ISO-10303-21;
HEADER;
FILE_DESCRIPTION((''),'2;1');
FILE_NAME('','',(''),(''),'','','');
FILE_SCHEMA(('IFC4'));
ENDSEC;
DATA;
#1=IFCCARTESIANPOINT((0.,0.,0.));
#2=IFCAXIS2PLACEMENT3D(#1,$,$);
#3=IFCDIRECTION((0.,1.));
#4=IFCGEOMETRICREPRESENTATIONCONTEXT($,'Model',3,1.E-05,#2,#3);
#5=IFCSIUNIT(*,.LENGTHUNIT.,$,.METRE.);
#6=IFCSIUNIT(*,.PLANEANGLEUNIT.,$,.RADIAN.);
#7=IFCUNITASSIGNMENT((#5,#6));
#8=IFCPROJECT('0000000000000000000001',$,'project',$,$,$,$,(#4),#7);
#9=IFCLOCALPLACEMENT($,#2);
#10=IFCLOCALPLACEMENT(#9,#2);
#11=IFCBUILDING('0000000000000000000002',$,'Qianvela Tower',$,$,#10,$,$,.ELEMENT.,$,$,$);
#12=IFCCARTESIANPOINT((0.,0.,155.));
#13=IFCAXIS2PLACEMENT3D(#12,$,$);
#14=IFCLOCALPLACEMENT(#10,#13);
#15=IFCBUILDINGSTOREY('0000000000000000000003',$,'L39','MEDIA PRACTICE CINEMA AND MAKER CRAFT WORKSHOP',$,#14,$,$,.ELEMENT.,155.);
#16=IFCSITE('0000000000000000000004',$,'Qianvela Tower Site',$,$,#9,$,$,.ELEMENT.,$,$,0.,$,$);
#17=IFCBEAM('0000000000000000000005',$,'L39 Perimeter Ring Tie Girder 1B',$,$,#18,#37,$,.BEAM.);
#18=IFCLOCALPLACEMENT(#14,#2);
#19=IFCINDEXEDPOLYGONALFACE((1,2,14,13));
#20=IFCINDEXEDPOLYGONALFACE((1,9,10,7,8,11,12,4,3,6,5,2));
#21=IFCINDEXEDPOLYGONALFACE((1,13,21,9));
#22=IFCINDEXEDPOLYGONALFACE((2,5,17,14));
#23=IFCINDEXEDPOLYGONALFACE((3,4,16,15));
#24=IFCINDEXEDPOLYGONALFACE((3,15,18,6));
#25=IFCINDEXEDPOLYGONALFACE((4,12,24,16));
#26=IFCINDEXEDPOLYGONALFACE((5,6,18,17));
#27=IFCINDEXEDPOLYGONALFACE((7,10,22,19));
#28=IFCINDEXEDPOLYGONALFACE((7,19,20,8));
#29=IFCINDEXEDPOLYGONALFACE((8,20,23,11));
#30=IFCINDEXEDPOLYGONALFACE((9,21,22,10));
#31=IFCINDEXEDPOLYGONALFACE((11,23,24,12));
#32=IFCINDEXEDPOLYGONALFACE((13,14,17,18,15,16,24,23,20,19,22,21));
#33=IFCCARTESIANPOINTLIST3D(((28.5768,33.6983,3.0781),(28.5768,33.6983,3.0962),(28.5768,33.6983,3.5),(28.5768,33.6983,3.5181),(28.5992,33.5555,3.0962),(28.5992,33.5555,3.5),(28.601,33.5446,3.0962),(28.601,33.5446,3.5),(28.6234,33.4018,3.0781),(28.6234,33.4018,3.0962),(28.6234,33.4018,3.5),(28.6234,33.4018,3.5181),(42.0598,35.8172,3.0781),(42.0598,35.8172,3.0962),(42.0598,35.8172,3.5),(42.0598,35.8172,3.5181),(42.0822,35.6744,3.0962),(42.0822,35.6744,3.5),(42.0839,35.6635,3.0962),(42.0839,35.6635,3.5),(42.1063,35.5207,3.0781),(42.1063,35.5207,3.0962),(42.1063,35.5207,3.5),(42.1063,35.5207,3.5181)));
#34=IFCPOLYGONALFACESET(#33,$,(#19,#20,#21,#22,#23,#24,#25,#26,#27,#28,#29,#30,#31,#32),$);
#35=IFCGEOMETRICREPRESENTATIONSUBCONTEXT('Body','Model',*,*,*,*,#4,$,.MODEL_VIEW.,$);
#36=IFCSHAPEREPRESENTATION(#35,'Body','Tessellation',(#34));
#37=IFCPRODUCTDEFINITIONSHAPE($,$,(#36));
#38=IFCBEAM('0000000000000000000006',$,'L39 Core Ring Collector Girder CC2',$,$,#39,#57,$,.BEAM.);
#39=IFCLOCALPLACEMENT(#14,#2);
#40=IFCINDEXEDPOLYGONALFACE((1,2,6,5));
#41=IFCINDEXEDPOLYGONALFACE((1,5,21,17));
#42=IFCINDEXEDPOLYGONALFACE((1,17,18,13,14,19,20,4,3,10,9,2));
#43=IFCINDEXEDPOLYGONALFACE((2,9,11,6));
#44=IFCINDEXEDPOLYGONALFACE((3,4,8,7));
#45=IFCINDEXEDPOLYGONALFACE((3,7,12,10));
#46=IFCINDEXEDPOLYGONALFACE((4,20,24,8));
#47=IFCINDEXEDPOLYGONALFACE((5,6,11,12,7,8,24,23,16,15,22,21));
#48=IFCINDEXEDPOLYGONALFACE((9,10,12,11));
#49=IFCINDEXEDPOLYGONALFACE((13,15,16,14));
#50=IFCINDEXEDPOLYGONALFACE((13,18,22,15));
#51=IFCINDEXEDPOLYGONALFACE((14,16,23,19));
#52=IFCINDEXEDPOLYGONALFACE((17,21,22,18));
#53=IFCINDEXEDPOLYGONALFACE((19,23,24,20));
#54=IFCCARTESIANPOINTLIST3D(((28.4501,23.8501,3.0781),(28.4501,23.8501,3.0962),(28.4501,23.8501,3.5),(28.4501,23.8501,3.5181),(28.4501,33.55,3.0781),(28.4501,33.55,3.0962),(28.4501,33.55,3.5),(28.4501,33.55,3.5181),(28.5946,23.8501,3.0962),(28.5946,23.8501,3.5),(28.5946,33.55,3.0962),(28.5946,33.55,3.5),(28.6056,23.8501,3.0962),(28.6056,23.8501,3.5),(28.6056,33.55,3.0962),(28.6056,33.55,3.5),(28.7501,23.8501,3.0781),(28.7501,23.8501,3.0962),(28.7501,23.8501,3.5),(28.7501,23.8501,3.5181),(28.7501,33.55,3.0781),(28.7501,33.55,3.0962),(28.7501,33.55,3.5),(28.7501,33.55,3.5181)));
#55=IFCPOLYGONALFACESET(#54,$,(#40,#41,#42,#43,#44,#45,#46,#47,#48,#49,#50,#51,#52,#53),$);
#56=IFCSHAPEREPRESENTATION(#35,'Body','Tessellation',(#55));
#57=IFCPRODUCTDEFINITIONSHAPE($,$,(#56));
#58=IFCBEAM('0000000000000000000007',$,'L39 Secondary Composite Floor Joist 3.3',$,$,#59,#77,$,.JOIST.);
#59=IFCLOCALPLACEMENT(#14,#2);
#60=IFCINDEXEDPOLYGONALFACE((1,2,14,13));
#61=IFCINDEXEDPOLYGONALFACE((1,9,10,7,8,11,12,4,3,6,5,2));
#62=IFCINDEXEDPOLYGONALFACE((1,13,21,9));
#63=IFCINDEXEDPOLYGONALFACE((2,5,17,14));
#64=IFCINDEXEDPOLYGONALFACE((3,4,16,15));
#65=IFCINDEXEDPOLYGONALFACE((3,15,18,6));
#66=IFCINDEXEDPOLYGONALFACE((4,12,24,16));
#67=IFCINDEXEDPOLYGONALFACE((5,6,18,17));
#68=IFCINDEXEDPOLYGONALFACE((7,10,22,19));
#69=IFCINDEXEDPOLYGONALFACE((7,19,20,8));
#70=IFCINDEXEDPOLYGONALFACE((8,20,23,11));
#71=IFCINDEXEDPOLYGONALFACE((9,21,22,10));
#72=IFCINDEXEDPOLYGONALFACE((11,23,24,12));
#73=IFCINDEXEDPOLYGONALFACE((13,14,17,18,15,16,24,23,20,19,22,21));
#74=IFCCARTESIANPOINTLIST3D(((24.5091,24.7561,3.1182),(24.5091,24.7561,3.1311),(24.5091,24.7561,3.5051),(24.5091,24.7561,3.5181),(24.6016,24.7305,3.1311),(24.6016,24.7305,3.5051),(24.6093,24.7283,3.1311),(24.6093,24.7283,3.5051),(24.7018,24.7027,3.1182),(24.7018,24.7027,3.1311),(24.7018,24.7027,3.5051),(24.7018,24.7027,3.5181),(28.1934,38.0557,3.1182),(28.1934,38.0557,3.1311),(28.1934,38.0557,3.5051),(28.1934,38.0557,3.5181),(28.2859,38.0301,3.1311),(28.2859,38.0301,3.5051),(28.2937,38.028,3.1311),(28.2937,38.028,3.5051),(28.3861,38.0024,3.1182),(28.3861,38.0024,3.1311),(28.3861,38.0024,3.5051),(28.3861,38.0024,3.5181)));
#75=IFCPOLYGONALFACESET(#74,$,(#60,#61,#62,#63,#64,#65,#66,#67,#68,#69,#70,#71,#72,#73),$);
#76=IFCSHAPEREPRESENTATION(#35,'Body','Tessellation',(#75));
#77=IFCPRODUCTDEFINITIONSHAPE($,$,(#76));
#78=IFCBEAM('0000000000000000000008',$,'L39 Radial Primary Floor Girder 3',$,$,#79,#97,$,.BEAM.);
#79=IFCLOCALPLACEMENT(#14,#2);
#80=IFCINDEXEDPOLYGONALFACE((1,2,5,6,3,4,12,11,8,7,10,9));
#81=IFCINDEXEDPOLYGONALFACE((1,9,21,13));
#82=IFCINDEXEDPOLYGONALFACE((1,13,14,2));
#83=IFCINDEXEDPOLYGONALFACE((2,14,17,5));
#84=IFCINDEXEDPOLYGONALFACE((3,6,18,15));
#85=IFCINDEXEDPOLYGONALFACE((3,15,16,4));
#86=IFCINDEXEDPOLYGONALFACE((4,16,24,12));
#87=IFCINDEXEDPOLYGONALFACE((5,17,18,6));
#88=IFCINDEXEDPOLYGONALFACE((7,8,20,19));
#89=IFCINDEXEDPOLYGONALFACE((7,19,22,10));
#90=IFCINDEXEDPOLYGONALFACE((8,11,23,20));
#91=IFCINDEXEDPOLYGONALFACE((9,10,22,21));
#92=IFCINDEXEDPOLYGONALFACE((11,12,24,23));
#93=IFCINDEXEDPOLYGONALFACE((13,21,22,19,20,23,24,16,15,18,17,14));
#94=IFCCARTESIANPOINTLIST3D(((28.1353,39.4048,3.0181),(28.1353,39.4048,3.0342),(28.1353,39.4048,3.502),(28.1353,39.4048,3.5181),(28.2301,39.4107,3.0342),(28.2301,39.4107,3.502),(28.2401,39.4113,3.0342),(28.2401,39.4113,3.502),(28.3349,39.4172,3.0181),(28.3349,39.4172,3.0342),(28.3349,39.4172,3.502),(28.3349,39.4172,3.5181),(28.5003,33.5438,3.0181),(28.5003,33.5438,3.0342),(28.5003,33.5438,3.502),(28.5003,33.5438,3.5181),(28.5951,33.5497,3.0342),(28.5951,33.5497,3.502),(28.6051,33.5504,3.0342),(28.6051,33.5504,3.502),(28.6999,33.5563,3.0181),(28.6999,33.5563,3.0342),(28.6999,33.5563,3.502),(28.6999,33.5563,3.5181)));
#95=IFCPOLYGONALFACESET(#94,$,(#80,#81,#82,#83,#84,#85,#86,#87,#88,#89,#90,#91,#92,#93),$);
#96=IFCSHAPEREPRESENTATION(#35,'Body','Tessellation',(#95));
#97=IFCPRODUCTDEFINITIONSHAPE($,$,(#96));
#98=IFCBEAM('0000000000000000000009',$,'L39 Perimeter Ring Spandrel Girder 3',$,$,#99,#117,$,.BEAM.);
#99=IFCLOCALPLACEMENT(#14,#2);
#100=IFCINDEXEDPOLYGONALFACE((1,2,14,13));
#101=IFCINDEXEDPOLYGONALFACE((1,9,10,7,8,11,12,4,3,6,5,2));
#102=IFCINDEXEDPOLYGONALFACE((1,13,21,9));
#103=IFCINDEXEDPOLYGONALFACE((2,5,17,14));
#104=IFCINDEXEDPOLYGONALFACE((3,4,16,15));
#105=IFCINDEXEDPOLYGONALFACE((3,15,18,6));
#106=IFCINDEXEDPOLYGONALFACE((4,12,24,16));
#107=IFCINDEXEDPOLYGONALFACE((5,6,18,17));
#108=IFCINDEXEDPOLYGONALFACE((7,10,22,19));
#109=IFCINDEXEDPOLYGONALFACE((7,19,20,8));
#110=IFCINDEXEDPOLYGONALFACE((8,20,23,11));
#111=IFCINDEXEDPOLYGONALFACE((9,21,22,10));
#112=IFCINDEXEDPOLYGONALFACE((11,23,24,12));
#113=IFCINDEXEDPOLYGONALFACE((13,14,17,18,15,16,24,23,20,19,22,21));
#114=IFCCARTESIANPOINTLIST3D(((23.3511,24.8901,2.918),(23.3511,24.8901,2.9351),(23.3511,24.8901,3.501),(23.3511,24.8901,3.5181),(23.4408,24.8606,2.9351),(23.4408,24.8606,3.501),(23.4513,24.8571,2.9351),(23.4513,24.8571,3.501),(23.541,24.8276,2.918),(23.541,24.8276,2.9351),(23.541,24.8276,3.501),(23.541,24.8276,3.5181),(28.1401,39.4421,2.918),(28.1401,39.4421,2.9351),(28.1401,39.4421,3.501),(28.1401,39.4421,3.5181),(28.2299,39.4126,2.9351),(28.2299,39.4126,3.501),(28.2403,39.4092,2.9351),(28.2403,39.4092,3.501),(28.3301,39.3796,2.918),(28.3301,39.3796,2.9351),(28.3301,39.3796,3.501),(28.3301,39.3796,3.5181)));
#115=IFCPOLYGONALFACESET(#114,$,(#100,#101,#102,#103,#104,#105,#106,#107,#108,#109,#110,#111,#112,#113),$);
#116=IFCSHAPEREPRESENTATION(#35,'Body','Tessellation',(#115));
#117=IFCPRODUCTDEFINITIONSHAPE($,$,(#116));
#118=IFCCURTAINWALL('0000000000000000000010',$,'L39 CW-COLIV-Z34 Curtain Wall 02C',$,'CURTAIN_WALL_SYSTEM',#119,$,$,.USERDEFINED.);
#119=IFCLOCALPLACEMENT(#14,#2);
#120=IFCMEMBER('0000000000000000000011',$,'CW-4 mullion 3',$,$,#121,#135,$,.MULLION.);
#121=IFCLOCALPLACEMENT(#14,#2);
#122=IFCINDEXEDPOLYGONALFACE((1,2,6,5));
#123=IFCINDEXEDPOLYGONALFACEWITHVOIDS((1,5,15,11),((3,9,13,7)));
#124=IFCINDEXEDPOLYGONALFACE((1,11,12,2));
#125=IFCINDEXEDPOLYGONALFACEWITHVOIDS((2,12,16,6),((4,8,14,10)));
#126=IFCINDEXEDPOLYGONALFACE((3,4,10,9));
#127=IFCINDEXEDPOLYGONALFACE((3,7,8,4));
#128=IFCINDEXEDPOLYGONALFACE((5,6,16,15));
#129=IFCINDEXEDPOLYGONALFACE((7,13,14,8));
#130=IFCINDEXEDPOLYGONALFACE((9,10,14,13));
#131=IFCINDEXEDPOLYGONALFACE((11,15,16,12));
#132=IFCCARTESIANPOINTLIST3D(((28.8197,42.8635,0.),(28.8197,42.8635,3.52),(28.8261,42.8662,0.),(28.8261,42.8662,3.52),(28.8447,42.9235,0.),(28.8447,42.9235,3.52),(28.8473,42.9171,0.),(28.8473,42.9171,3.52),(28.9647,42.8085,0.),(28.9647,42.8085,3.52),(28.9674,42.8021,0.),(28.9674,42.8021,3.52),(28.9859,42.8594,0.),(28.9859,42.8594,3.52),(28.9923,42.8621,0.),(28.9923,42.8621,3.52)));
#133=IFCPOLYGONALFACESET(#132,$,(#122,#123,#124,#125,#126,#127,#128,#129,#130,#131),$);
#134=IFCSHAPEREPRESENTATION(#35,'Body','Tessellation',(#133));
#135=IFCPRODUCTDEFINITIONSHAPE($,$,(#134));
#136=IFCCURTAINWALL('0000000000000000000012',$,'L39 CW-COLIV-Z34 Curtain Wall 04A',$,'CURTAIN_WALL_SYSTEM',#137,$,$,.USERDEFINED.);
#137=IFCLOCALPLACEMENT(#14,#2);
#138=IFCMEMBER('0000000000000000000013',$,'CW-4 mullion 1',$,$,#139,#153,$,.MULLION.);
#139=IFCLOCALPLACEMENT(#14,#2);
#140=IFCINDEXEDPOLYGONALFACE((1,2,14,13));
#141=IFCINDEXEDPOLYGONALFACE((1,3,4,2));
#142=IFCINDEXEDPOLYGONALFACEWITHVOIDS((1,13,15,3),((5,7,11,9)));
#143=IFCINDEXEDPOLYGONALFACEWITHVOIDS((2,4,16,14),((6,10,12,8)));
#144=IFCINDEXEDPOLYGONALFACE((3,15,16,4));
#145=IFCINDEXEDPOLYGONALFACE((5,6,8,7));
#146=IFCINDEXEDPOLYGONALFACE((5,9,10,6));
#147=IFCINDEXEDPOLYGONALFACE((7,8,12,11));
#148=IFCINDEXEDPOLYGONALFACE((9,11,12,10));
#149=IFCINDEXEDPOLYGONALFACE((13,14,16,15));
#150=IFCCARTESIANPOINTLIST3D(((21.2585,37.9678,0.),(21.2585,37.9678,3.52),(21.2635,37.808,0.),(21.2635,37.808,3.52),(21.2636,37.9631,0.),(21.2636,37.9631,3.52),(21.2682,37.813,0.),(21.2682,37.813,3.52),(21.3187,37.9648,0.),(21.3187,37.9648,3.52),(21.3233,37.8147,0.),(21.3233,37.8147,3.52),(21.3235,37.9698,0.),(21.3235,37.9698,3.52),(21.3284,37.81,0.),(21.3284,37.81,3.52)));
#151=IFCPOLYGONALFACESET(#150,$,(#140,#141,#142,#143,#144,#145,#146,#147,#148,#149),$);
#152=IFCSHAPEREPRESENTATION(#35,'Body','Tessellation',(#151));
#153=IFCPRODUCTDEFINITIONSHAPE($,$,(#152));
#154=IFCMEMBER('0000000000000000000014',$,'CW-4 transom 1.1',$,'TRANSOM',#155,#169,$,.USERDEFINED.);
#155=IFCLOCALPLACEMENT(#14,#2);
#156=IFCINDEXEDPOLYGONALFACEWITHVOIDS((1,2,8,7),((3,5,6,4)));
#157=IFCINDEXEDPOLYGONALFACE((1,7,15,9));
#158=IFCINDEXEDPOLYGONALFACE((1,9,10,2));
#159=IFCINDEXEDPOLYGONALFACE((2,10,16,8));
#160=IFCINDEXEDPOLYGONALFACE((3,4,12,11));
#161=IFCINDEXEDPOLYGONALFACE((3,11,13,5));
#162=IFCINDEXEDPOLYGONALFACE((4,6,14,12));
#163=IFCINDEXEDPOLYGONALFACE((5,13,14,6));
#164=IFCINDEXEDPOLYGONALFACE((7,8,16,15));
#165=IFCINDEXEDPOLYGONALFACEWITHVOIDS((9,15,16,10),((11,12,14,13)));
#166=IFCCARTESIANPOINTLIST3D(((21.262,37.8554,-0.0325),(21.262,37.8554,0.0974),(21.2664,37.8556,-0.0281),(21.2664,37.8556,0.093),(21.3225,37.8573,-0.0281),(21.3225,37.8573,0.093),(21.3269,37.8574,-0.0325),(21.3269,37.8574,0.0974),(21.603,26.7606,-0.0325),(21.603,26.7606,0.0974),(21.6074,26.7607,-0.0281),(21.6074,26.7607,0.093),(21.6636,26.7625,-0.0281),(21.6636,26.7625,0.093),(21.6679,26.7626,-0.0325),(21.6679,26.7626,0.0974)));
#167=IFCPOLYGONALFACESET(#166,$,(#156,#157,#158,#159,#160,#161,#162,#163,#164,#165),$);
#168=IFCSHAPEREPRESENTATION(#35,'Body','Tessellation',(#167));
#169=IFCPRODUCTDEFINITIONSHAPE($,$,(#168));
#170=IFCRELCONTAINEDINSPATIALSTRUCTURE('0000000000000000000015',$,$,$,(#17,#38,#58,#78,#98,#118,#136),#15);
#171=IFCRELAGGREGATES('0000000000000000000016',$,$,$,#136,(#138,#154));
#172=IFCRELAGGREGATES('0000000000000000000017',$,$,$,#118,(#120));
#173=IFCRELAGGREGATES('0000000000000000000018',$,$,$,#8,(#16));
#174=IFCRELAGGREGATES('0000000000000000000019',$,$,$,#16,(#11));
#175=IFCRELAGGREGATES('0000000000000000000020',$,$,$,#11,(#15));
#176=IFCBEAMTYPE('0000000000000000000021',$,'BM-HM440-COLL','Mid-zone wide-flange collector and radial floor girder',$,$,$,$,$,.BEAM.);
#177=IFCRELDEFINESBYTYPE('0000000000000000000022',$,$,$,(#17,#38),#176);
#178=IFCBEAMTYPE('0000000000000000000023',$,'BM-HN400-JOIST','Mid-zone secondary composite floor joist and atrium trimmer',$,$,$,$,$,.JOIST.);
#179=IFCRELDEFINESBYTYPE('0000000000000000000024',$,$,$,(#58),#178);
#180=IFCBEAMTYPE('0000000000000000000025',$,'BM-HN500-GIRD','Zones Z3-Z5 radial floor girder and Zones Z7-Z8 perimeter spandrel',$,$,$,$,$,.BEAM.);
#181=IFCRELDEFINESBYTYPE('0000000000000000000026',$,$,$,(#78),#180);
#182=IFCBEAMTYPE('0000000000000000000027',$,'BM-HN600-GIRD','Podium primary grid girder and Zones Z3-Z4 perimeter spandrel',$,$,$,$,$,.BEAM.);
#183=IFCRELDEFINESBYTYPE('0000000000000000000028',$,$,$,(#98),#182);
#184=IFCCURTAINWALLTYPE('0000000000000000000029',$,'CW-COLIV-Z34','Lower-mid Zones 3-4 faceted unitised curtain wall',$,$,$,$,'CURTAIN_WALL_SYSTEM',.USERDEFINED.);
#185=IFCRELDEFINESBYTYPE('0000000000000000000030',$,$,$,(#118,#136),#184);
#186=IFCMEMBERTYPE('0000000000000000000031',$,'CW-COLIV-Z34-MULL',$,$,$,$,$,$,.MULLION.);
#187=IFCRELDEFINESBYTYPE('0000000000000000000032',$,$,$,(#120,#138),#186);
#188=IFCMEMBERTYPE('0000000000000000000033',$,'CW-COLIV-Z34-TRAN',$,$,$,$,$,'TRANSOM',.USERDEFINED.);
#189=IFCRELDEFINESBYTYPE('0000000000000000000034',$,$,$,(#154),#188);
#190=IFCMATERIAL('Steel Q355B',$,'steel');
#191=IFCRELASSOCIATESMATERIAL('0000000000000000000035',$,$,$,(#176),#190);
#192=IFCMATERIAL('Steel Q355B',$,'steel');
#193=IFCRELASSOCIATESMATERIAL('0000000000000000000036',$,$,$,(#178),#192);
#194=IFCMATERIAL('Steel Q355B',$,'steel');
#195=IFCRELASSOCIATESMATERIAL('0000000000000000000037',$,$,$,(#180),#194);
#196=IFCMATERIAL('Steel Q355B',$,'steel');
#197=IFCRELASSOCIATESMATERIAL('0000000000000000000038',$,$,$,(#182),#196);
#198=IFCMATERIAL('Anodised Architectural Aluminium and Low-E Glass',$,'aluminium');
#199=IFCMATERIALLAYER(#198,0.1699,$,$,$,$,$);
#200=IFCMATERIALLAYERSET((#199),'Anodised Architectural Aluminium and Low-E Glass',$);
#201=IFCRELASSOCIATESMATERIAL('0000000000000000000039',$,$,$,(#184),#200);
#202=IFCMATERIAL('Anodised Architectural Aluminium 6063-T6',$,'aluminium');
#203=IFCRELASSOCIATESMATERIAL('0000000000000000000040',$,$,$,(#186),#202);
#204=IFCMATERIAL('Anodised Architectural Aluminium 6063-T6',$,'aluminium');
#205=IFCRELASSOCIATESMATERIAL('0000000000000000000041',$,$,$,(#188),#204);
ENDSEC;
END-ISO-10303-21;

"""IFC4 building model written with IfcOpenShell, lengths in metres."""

from ifc_helpers import new_model, si_unit, direction, frame, origin, origin_2d, place, context, subcontext, project, spatial, hollow_rectangle, i_section, extrude, material, layer, layer_set, material_profile, profile_set, type_object, element, aggregate, save


model = new_model("IFC4")

# Units and contexts
model_context = context("Model", 3, precision=1e-05, world=origin(), true_north=direction((0.0, 1.0)))
body_context = subcontext(model_context, "Body", "Model", "MODEL_VIEW")
ifc_project = project(units=[si_unit("LENGTHUNIT", "METRE"), si_unit("PLANEANGLEUNIT", "RADIAN")], contexts=[model_context])

# Site, building, storey
site_placement = place(None, origin())
site = spatial("IfcSite", under=ifc_project, at=site_placement, Name="Qianvela Tower Site", CompositionType="ELEMENT", RefElevation=0.0)
building_placement = place(site_placement, origin())
building = spatial("IfcBuilding", under=site, at=building_placement, Name="Qianvela Tower", CompositionType="ELEMENT")
storey_placement = place(building_placement, frame((0.0, 0.0, 155.0)))
storey = spatial("IfcBuildingStorey", under=building, at=storey_placement, Name="L39", Description="MEDIA PRACTICE CINEMA AND MAKER CRAFT WORKSHOP", CompositionType="ELEMENT", Elevation=155.0)

# Beams
ifc_material_1 = material(Name="Steel Q355B", Category="steel")
ifc_material_profile_1 = material_profile(ifc_material_1, i_section(OverallWidth=0.3, OverallDepth=0.4399, WebThickness=0.011, FlangeThickness=0.0181, at=origin_2d()), Name="HM440x300x11x18")
ifc_profile_set_1 = profile_set([ifc_material_profile_1], Name="Steel Q355B")
beam_type_1 = type_object("IfcBeamType", Name="BM-HM440-COLL", Description="Mid-zone wide-flange collector and radial floor girder", PredefinedType="BEAM", material=ifc_profile_set_1)
beam_1_placement = place(storey_placement, frame((28.6001, 33.55, 3.2981), z_axis=(0.987875, 0.155249, 0.0), x_axis=(-0.155249, 0.987875, 0.0)))
element("IfcBeam", 1, at=beam_1_placement, inside=storey, type_object=beam_type_1, Name="L39 Perimeter Ring Tie Girder 1B", PredefinedType="BEAM", context=body_context, shape_type="SweptSolid", body=[
    extrude(i_section(OverallWidth=0.3, OverallDepth=0.4399, WebThickness=0.011, FlangeThickness=0.0181, at=origin_2d()), origin(), (0.0, 0.0, 1.0), 13.6484),
])
beam_2_placement = place(storey_placement, frame((28.6001, 33.55, 3.2981), z_axis=(0.0, -1.0, 0.0), x_axis=(1.0, 0.0, 0.0)))
element("IfcBeam", 2, at=beam_2_placement, inside=storey, type_object=beam_type_1, Name="L39 Core Ring Collector Girder CC2", PredefinedType="BEAM", context=body_context, shape_type="SweptSolid", body=[
    extrude(i_section(OverallWidth=0.3, OverallDepth=0.4399, WebThickness=0.011, FlangeThickness=0.0181, at=origin_2d()), origin(), (0.0, 0.0, 1.0), 9.7),
])
ifc_material_2 = material(Name="Steel Q355B", Category="steel")
ifc_material_profile_2 = material_profile(ifc_material_2, i_section(OverallWidth=0.2, OverallDepth=0.3999, WebThickness=0.0081, FlangeThickness=0.0129, at=origin_2d()), Name="HN400x200x8x13")
ifc_profile_set_2 = profile_set([ifc_material_profile_2], Name="Steel Q355B")
beam_type_2 = type_object("IfcBeamType", Name="BM-HN400-JOIST", Description="Mid-zone secondary composite floor joist and atrium trimmer", PredefinedType="JOIST", material=ifc_profile_set_2)
beam_3_placement = place(storey_placement, frame((28.2898, 38.0291, 3.3181), z_axis=(-0.266971, -0.963704, 0.0), x_axis=(0.963704, -0.266971, 0.0)))
element("IfcBeam", 3, at=beam_3_placement, inside=storey, type_object=beam_type_2, Name="L39 Secondary Composite Floor Joist 3.3", PredefinedType="JOIST", context=body_context, shape_type="SweptSolid", body=[
    extrude(i_section(OverallWidth=0.2, OverallDepth=0.3999, WebThickness=0.0081, FlangeThickness=0.0129, at=origin_2d()), origin(), (0.0, 0.0, 1.0), 13.8005),
])
ifc_material_3 = material(Name="Steel Q355B", Category="steel")
ifc_material_profile_3 = material_profile(ifc_material_3, i_section(OverallWidth=0.2, OverallDepth=0.5, WebThickness=0.01, FlangeThickness=0.0161, at=origin_2d()), Name="HN500x200x10x16")
ifc_profile_set_3 = profile_set([ifc_material_profile_3], Name="Steel Q355B")
beam_type_3 = type_object("IfcBeamType", Name="BM-HN500-GIRD", Description="Zones Z3-Z5 radial floor girder and Zones Z7-Z8 perimeter spandrel", PredefinedType="BEAM", material=ifc_profile_set_3)
beam_4_placement = place(storey_placement, frame((28.6001, 33.55, 3.2681), z_axis=(-0.062156, 0.998066, 0.0), x_axis=(-0.998066, -0.062156, 0.0)))
element("IfcBeam", 4, at=beam_4_placement, inside=storey, type_object=beam_type_3, Name="L39 Radial Primary Floor Girder 3", PredefinedType="BEAM", context=body_context, shape_type="SweptSolid", body=[
    extrude(i_section(OverallWidth=0.2, OverallDepth=0.5, WebThickness=0.01, FlangeThickness=0.0161, at=origin_2d()), origin(), (0.0, 0.0, 1.0), 5.8723),
])
ifc_material_4 = material(Name="Steel Q355B", Category="steel")
ifc_material_profile_4 = material_profile(ifc_material_4, i_section(OverallWidth=0.2, OverallDepth=0.6001, WebThickness=0.011, FlangeThickness=0.0171, at=origin_2d()), Name="HN600x200x11x17")
ifc_profile_set_4 = profile_set([ifc_material_profile_4], Name="Steel Q355B")
beam_type_4 = type_object("IfcBeamType", Name="BM-HN600-GIRD", Description="Podium primary grid girder and Zones Z3-Z4 perimeter spandrel", PredefinedType="BEAM", material=ifc_profile_set_4)
beam_5_placement = place(storey_placement, frame((28.2351, 39.4109, 3.218), z_axis=(-0.312606, -0.949883, 0.0), x_axis=(0.949883, -0.312606, 0.0)))
element("IfcBeam", 5, at=beam_5_placement, inside=storey, type_object=beam_type_4, Name="L39 Perimeter Ring Spandrel Girder 3", PredefinedType="BEAM", context=body_context, shape_type="SweptSolid", body=[
    extrude(i_section(OverallWidth=0.2, OverallDepth=0.6001, WebThickness=0.011, FlangeThickness=0.0171, at=origin_2d()), origin(), (0.0, 0.0, 1.0), 15.3198),
])

# Curtain wall, member
ifc_material_5 = material(Name="Anodised Architectural Aluminium and Low-E Glass", Category="aluminium")
ifc_layer_1 = layer(ifc_material_5, 0.1699)
ifc_layer_set_1 = layer_set([ifc_layer_1], Name="Anodised Architectural Aluminium and Low-E Glass")
curtain_wall_type = type_object("IfcCurtainWallType", Name="CW-COLIV-Z34", Description="Lower-mid Zones 3-4 faceted unitised curtain wall", ElementType="CURTAIN_WALL_SYSTEM", PredefinedType="USERDEFINED", material=ifc_layer_set_1)
curtain_wall_1_placement = place(storey_placement, origin())
curtain_wall_1 = element("IfcCurtainWall", 6, at=curtain_wall_1_placement, inside=storey, type_object=curtain_wall_type, Name="L39 CW-COLIV-Z34 Curtain Wall 02C", ObjectType="CURTAIN_WALL_SYSTEM", PredefinedType="USERDEFINED")
ifc_material_6 = material(Name="Anodised Architectural Aluminium 6063-T6", Category="aluminium")
ifc_material_profile_5 = material_profile(ifc_material_6, hollow_rectangle(XDim=0.0649, YDim=0.1599, WallThickness=0.0049, at=origin_2d()), Name="ALU-MULL-65x160")
ifc_profile_set_5 = profile_set([ifc_material_profile_5], Name="Anodised Architectural Aluminium 6063-T6")
member_type_1 = type_object("IfcMemberType", Name="CW-COLIV-Z34-MULL", PredefinedType="MULLION", material=ifc_profile_set_5)
member_1_placement = place(storey_placement, frame((28.906, 42.8628, 0.0), z_axis=(0.0, 0.0, 1.0), x_axis=(-0.384187, -0.923255, 0.0)))
member_1 = element("IfcMember", 7, at=member_1_placement, type_object=member_type_1, Name="CW-4 mullion 3", PredefinedType="MULLION", context=body_context, shape_type="SweptSolid", body=[
    extrude(hollow_rectangle(XDim=0.0649, YDim=0.1599, WallThickness=0.0049, at=origin_2d()), origin(), (0.0, 0.0, 1.0), 3.52),
])

# Curtain wall, members
curtain_wall_2_placement = place(storey_placement, origin())
curtain_wall_2 = element("IfcCurtainWall", 8, at=curtain_wall_2_placement, inside=storey, type_object=curtain_wall_type, Name="L39 CW-COLIV-Z34 Curtain Wall 04A", ObjectType="CURTAIN_WALL_SYSTEM", PredefinedType="USERDEFINED")
member_2_placement = place(storey_placement, frame((21.2935, 37.8889, 0.0), z_axis=(0.0, 0.0, 1.0), x_axis=(0.999528, 0.030721, 0.0)))
member_2 = element("IfcMember", 9, at=member_2_placement, type_object=member_type_1, Name="CW-4 mullion 1", PredefinedType="MULLION", context=body_context, shape_type="SweptSolid", body=[
    extrude(hollow_rectangle(XDim=0.0649, YDim=0.1599, WallThickness=0.0049, at=origin_2d()), origin(), (0.0, 0.0, 1.0), 3.52),
])
ifc_material_7 = material(Name="Anodised Architectural Aluminium 6063-T6", Category="aluminium")
ifc_material_profile_6 = material_profile(ifc_material_7, hollow_rectangle(XDim=0.0649, YDim=0.1299, WallThickness=0.0044, at=origin_2d()), Name="ALU-TRAN-65x130")
ifc_profile_set_6 = profile_set([ifc_material_profile_6], Name="Anodised Architectural Aluminium 6063-T6")
member_type_2 = type_object("IfcMemberType", Name="CW-COLIV-Z34-TRAN", ElementType="TRANSOM", PredefinedType="USERDEFINED", material=ifc_profile_set_6)
member_3_placement = place(storey_placement, frame((21.2944, 37.8564, 0.0325), z_axis=(0.030726, -0.999528, 0.0), x_axis=(0.999528, 0.030726, 0.0)))
member_3 = element("IfcMember", 10, at=member_3_placement, type_object=member_type_2, Name="CW-4 transom 1.1", ObjectType="TRANSOM", PredefinedType="USERDEFINED", context=body_context, shape_type="SweptSolid", body=[
    extrude(hollow_rectangle(XDim=0.0649, YDim=0.1299, WallThickness=0.0044, at=origin_2d()), origin(), (0.0, 0.0, 1.0), 11.1001),
])
aggregate(curtain_wall_2, [member_2, member_3])

aggregate(curtain_wall_1, [member_1])

save(model, "model.ifc")
